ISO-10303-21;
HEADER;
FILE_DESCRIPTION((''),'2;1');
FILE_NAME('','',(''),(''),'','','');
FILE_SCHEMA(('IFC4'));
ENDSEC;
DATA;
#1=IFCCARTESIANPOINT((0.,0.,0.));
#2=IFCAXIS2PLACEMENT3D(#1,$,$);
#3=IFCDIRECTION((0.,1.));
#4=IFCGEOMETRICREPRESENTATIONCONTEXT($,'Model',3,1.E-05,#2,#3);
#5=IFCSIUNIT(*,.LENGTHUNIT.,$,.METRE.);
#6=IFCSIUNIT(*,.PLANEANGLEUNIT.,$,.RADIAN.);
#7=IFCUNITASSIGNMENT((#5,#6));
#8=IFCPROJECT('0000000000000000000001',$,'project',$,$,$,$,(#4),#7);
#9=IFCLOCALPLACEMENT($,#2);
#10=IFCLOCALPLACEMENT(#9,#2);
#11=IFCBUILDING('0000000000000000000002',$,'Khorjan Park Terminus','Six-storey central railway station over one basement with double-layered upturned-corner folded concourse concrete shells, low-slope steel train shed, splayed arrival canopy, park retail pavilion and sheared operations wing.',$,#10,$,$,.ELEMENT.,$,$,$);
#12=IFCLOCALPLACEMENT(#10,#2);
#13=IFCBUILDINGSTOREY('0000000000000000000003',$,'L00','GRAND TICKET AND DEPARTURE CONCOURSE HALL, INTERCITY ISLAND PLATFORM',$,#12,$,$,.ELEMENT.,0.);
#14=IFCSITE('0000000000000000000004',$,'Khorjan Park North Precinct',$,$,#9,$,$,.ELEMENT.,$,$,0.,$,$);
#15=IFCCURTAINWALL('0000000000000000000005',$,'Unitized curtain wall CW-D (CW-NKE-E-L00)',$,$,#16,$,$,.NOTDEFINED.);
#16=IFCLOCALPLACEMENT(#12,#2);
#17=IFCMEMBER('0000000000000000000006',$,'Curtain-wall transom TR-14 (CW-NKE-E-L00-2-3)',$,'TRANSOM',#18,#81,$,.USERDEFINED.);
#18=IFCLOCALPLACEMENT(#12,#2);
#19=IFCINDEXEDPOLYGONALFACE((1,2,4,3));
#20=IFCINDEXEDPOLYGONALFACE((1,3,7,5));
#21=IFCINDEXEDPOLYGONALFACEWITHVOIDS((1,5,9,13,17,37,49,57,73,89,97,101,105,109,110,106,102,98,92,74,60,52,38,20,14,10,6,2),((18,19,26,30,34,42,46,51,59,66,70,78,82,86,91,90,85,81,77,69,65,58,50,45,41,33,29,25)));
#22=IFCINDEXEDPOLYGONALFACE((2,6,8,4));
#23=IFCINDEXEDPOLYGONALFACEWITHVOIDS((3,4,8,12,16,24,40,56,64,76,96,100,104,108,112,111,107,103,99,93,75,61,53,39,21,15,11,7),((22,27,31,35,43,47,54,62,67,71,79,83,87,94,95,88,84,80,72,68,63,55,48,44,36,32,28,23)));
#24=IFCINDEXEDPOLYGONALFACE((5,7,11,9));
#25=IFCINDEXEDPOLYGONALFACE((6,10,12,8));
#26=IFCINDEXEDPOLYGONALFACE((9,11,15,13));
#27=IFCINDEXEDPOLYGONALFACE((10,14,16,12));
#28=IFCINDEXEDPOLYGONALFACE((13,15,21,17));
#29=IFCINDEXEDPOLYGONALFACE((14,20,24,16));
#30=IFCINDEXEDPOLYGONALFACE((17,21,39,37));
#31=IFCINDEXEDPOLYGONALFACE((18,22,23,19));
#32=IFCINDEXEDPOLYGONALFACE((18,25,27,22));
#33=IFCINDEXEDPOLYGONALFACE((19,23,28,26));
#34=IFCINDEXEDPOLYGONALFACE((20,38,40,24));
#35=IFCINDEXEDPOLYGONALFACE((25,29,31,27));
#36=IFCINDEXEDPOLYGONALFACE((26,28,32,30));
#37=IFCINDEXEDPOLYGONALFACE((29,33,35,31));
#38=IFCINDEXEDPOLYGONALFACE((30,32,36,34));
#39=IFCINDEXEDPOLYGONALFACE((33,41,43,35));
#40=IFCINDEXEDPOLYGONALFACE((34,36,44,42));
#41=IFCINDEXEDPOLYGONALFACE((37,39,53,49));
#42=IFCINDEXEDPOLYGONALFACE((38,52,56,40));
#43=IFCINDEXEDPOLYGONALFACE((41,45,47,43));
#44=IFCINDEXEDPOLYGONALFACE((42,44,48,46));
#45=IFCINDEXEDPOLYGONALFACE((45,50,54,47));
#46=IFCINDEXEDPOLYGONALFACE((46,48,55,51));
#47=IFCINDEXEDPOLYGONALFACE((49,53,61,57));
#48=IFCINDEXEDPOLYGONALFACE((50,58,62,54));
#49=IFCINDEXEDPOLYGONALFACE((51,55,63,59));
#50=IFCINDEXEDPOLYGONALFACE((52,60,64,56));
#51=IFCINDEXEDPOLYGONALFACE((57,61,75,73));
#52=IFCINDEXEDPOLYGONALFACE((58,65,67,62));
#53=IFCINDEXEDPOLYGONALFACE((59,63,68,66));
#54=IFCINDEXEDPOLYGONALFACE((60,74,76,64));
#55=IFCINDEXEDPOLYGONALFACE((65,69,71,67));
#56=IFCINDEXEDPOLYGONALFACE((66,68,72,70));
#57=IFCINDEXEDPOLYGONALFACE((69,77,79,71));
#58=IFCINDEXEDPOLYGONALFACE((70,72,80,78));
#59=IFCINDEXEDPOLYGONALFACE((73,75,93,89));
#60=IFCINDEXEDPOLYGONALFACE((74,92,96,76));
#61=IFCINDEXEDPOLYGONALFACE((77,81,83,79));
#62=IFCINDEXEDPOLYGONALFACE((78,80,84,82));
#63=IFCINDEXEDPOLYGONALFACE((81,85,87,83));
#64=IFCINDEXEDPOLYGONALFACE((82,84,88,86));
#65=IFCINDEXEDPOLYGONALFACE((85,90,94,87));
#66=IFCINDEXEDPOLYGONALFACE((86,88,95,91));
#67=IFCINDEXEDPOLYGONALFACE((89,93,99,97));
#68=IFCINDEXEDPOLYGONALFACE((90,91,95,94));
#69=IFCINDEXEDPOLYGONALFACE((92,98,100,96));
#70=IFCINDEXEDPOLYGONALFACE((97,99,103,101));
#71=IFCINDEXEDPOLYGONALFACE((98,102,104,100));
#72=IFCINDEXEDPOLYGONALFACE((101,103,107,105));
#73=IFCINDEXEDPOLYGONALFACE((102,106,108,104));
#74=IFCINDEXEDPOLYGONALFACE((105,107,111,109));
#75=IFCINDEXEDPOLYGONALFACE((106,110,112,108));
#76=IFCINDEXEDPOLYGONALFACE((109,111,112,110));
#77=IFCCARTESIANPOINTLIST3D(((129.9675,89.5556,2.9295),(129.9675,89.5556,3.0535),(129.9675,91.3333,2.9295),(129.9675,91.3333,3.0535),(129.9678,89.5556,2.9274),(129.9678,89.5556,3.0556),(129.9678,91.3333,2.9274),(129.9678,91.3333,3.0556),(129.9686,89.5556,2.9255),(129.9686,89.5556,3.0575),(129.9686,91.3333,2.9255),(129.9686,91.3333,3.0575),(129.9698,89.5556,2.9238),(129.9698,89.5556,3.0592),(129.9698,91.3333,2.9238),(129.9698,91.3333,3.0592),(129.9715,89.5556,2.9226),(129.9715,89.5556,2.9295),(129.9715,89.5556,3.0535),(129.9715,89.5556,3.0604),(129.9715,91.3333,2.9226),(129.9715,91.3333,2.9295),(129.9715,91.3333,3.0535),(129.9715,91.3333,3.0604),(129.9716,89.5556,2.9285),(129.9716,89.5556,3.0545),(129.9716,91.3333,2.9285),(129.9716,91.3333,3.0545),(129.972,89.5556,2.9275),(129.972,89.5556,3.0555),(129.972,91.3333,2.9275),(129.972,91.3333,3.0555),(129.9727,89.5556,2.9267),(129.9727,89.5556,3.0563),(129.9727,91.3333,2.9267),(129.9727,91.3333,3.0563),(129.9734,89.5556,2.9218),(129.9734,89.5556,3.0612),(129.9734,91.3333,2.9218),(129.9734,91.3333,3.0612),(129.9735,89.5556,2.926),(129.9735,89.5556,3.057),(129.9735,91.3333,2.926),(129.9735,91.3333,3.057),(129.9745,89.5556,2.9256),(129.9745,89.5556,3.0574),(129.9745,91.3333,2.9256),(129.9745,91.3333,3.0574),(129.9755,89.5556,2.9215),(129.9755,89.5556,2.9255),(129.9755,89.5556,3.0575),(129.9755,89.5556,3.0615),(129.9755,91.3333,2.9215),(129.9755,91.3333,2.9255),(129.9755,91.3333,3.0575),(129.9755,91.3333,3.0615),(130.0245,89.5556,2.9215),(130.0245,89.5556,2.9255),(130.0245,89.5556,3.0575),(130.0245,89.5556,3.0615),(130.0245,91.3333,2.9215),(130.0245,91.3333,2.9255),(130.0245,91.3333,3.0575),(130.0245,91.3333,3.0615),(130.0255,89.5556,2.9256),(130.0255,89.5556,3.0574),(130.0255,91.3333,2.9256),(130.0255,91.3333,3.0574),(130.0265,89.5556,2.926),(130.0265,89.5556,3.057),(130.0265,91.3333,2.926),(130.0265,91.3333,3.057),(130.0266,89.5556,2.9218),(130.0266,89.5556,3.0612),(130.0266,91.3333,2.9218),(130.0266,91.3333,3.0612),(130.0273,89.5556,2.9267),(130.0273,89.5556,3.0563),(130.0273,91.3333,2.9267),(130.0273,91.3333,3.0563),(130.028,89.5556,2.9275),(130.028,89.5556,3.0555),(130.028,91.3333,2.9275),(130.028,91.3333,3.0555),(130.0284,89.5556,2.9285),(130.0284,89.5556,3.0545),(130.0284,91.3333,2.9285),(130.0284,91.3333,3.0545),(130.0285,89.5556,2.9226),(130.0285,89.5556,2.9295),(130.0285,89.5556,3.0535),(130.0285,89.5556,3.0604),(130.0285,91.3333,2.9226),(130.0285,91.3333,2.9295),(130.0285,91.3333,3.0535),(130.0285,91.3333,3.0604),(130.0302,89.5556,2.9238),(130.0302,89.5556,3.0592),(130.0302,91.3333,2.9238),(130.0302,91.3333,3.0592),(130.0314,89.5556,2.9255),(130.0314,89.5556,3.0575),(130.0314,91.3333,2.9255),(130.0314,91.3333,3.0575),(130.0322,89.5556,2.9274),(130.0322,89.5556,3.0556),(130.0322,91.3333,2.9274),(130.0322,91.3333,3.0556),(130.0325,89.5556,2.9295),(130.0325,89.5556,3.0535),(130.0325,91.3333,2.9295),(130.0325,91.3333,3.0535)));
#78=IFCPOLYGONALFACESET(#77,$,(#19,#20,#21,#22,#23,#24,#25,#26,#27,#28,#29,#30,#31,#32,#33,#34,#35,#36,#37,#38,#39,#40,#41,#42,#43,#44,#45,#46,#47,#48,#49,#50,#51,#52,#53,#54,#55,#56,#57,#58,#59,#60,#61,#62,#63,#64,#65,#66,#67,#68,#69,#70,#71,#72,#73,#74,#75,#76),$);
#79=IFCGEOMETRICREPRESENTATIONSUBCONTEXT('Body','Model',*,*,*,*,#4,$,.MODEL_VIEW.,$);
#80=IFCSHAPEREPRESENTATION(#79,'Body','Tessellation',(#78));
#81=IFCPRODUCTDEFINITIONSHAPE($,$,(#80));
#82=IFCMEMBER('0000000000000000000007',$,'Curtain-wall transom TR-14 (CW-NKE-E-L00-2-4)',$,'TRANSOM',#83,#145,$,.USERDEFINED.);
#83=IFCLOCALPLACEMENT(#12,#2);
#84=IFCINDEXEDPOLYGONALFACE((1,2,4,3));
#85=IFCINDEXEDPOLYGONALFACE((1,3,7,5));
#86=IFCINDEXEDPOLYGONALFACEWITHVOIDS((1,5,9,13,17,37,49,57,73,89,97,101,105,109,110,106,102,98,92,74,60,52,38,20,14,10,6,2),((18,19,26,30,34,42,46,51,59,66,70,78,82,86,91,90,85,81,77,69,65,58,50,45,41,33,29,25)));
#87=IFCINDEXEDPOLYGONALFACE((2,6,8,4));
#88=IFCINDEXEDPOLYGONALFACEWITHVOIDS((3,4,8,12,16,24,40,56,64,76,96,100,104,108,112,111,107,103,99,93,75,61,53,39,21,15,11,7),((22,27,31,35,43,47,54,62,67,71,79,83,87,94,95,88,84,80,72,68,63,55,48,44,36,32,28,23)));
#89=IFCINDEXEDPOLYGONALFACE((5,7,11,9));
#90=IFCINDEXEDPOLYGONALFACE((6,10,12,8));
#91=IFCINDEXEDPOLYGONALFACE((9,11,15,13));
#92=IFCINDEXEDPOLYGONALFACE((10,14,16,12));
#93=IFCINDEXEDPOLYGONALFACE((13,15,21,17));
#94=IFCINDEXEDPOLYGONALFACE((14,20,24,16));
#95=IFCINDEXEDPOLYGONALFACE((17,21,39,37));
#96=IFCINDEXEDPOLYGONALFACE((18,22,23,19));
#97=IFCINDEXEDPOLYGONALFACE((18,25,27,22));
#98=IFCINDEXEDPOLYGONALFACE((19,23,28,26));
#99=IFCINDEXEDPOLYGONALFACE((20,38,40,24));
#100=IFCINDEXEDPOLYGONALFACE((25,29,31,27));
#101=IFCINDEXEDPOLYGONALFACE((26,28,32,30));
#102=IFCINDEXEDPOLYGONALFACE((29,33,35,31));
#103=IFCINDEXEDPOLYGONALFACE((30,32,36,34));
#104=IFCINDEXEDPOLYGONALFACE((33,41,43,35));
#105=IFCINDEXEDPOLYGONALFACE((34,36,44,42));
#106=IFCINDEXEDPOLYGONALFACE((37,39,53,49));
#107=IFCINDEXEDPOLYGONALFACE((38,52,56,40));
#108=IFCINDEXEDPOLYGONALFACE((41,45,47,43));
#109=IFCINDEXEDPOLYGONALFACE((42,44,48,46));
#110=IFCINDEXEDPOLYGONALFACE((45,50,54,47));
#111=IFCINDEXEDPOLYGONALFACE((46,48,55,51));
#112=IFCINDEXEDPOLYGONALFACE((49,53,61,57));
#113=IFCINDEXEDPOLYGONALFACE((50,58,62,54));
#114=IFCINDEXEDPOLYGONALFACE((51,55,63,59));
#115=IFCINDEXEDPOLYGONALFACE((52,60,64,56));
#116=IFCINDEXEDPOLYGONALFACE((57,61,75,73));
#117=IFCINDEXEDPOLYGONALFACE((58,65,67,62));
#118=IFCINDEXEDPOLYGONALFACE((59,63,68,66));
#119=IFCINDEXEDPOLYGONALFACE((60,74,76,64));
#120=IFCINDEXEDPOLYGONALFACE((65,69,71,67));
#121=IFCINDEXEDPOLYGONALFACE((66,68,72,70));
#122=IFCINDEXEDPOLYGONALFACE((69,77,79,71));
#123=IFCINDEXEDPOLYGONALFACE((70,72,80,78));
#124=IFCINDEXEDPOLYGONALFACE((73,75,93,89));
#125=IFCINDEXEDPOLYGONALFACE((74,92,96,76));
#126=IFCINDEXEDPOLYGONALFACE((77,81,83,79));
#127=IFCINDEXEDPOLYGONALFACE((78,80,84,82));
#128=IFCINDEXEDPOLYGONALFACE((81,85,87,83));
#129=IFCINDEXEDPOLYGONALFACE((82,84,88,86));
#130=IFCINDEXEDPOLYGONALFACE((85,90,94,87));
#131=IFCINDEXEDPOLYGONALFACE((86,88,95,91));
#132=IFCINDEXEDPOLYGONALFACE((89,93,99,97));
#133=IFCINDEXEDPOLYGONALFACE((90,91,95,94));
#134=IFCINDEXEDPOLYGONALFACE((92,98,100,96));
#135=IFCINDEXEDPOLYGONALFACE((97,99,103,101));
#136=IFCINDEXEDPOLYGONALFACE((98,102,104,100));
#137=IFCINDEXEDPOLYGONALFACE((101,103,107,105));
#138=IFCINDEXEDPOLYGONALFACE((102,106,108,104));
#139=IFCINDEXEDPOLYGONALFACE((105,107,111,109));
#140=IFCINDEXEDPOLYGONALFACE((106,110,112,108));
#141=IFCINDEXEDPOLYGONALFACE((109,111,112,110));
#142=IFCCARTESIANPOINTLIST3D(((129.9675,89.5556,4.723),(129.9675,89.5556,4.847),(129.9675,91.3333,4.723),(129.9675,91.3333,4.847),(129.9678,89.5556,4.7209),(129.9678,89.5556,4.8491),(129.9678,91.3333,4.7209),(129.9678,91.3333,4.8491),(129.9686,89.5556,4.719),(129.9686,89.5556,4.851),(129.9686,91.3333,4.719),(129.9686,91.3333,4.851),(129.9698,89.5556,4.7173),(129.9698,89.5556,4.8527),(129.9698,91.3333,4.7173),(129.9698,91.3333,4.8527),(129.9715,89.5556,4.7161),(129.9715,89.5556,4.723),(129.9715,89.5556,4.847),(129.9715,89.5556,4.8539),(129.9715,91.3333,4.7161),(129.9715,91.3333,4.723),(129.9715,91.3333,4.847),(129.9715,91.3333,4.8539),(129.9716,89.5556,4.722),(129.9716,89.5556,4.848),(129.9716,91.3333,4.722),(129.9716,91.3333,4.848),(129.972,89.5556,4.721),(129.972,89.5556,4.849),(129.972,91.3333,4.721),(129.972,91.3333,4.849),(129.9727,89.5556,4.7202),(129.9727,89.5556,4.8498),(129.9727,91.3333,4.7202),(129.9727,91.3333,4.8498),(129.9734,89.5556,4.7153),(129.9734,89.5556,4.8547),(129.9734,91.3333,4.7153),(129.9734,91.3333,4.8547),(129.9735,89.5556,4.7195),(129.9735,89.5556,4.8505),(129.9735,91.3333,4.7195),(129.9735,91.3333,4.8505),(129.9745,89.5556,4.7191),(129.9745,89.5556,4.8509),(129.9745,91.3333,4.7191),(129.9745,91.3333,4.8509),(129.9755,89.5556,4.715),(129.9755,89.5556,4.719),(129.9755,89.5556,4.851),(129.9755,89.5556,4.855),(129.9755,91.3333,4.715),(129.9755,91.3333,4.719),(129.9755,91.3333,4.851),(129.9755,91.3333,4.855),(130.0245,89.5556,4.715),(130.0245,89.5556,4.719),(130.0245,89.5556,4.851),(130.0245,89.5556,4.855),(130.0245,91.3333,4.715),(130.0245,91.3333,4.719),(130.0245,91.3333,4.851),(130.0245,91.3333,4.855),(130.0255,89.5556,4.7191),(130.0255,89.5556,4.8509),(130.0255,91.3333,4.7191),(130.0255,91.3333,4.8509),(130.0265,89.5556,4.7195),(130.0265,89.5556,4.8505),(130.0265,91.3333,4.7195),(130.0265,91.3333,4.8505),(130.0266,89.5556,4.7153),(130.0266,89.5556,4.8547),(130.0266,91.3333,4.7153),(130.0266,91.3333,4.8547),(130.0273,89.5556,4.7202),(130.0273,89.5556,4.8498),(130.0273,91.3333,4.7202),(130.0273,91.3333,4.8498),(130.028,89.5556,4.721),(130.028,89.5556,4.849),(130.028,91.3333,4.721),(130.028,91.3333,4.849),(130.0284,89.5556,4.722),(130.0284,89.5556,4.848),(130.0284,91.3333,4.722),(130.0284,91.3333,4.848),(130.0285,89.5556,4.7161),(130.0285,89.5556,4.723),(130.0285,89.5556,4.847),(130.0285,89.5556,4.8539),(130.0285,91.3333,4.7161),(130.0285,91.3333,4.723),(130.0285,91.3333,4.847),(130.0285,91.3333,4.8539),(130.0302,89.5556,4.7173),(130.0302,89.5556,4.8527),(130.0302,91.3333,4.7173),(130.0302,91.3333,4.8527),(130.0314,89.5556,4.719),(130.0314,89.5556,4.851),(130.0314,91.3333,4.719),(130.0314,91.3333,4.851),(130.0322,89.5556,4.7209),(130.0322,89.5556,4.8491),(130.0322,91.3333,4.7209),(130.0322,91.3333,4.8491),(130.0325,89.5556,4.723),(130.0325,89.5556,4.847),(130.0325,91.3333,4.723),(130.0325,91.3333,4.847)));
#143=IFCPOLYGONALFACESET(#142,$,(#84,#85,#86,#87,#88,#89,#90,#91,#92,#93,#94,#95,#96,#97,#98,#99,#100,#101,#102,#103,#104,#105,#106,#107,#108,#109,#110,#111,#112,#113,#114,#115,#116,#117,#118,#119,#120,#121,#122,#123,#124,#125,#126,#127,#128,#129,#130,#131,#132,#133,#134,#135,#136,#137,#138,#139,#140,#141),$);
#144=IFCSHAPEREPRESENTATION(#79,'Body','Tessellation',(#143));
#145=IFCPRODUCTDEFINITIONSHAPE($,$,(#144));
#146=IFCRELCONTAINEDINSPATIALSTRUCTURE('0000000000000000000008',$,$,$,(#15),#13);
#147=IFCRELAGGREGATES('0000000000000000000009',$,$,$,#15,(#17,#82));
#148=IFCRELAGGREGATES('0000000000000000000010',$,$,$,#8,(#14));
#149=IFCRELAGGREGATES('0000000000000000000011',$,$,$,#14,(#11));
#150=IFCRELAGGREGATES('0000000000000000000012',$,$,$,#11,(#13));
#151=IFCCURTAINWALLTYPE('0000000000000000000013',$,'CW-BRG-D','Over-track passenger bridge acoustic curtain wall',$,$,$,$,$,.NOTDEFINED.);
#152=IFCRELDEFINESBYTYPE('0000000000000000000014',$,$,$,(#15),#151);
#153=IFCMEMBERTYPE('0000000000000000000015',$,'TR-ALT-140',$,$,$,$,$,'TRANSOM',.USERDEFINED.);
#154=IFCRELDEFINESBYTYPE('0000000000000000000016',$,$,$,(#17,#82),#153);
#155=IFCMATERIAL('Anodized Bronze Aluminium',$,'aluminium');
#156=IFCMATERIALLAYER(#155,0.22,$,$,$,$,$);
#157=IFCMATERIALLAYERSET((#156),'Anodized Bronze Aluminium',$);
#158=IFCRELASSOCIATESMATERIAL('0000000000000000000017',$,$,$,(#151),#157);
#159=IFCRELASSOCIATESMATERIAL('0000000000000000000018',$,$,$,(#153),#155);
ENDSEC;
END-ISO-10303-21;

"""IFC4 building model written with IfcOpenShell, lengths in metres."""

from ifc_helpers import new_model, si_unit, direction, frame, origin, origin_2d, place, context, subcontext, project, spatial, hollow_rectangle, extrude, material, layer, layer_set, material_profile, profile_set, type_object, element, aggregate, save


model = new_model("IFC4")

# Units and contexts
model_context = context("Model", 3, precision=1e-05, world=origin(), true_north=direction((0.0, 1.0)))
body_context = subcontext(model_context, "Body", "Model", "MODEL_VIEW")
ifc_project = project(units=[si_unit("LENGTHUNIT", "METRE"), si_unit("PLANEANGLEUNIT", "RADIAN")], contexts=[model_context])

# Site, building, storey
site_placement = place(None, origin())
site = spatial("IfcSite", under=ifc_project, at=site_placement, Name="Khorjan Park North Precinct", CompositionType="ELEMENT", RefElevation=0.0)
building_placement = place(site_placement, origin())
building = spatial("IfcBuilding", under=site, at=building_placement, Name="Khorjan Park Terminus", Description="Six-storey central railway station over one basement with double-layered upturned-corner folded concourse concrete shells, low-slope steel train shed, splayed arrival canopy, park retail pavilion and sheared operations wing.", CompositionType="ELEMENT")
storey_placement = place(building_placement, origin())
storey = spatial("IfcBuildingStorey", under=building, at=storey_placement, Name="L00", Description="GRAND TICKET AND DEPARTURE CONCOURSE HALL, INTERCITY ISLAND PLATFORM", CompositionType="ELEMENT", Elevation=0.0)

# Curtain wall, members
ifc_material_1 = material(Name="Anodized Bronze Aluminium", Category="aluminium")
ifc_layer_1 = layer(ifc_material_1, 0.22)
ifc_layer_set_1 = layer_set([ifc_layer_1], Name="Anodized Bronze Aluminium")
curtain_wall_type = type_object("IfcCurtainWallType", Name="CW-BRG-D", Description="Over-track passenger bridge acoustic curtain wall", PredefinedType="NOTDEFINED", material=ifc_layer_set_1)
curtain_wall_placement = place(storey_placement, origin())
curtain_wall = element("IfcCurtainWall", 1, at=curtain_wall_placement, inside=storey, type_object=curtain_wall_type, Name="Unitized curtain wall CW-D (CW-NKE-E-L00)", PredefinedType="NOTDEFINED")
ifc_material_profile_1 = material_profile(ifc_material_1, hollow_rectangle(XDim=0.065, YDim=0.14, WallThickness=0.004, InnerFilletRadius=0.004, OuterFilletRadius=0.008, at=origin_2d()), Name="ALT 65x140x4")
ifc_profile_set_1 = profile_set([ifc_material_profile_1], Name="Anodized Bronze Aluminium")
member_type_1 = type_object("IfcMemberType", Name="TR-ALT-140", ElementType="TRANSOM", PredefinedType="USERDEFINED", material=ifc_profile_set_1)
member_1_placement = place(storey_placement, frame((130.0, 89.5556, 2.9915), z_axis=(0.0, 1.0, 0.0), x_axis=(-1.0, 0.0, 0.0)))
member_1 = element("IfcMember", 2, at=member_1_placement, type_object=member_type_1, Name="Curtain-wall transom TR-14 (CW-NKE-E-L00-2-3)", ObjectType="TRANSOM", PredefinedType="USERDEFINED", context=body_context, shape_type="SweptSolid", body=[
    extrude(hollow_rectangle(XDim=0.065, YDim=0.14, WallThickness=0.004, InnerFilletRadius=0.004, OuterFilletRadius=0.008, at=origin_2d()), origin(), (0.0, 0.0, 1.0), 1.7777),
])
member_2_placement = place(storey_placement, frame((130.0, 89.5556, 4.785), z_axis=(0.0, 1.0, 0.0), x_axis=(-1.0, 0.0, 0.0)))
member_2 = element("IfcMember", 3, at=member_2_placement, type_object=member_type_1, Name="Curtain-wall transom TR-14 (CW-NKE-E-L00-2-4)", ObjectType="TRANSOM", PredefinedType="USERDEFINED", context=body_context, shape_type="SweptSolid", body=[
    extrude(hollow_rectangle(XDim=0.065, YDim=0.14, WallThickness=0.004, InnerFilletRadius=0.004, OuterFilletRadius=0.008, at=origin_2d()), origin(), (0.0, 0.0, 1.0), 1.7777),
])
aggregate(curtain_wall, [member_1, member_2])

save(model, "model.ifc")
